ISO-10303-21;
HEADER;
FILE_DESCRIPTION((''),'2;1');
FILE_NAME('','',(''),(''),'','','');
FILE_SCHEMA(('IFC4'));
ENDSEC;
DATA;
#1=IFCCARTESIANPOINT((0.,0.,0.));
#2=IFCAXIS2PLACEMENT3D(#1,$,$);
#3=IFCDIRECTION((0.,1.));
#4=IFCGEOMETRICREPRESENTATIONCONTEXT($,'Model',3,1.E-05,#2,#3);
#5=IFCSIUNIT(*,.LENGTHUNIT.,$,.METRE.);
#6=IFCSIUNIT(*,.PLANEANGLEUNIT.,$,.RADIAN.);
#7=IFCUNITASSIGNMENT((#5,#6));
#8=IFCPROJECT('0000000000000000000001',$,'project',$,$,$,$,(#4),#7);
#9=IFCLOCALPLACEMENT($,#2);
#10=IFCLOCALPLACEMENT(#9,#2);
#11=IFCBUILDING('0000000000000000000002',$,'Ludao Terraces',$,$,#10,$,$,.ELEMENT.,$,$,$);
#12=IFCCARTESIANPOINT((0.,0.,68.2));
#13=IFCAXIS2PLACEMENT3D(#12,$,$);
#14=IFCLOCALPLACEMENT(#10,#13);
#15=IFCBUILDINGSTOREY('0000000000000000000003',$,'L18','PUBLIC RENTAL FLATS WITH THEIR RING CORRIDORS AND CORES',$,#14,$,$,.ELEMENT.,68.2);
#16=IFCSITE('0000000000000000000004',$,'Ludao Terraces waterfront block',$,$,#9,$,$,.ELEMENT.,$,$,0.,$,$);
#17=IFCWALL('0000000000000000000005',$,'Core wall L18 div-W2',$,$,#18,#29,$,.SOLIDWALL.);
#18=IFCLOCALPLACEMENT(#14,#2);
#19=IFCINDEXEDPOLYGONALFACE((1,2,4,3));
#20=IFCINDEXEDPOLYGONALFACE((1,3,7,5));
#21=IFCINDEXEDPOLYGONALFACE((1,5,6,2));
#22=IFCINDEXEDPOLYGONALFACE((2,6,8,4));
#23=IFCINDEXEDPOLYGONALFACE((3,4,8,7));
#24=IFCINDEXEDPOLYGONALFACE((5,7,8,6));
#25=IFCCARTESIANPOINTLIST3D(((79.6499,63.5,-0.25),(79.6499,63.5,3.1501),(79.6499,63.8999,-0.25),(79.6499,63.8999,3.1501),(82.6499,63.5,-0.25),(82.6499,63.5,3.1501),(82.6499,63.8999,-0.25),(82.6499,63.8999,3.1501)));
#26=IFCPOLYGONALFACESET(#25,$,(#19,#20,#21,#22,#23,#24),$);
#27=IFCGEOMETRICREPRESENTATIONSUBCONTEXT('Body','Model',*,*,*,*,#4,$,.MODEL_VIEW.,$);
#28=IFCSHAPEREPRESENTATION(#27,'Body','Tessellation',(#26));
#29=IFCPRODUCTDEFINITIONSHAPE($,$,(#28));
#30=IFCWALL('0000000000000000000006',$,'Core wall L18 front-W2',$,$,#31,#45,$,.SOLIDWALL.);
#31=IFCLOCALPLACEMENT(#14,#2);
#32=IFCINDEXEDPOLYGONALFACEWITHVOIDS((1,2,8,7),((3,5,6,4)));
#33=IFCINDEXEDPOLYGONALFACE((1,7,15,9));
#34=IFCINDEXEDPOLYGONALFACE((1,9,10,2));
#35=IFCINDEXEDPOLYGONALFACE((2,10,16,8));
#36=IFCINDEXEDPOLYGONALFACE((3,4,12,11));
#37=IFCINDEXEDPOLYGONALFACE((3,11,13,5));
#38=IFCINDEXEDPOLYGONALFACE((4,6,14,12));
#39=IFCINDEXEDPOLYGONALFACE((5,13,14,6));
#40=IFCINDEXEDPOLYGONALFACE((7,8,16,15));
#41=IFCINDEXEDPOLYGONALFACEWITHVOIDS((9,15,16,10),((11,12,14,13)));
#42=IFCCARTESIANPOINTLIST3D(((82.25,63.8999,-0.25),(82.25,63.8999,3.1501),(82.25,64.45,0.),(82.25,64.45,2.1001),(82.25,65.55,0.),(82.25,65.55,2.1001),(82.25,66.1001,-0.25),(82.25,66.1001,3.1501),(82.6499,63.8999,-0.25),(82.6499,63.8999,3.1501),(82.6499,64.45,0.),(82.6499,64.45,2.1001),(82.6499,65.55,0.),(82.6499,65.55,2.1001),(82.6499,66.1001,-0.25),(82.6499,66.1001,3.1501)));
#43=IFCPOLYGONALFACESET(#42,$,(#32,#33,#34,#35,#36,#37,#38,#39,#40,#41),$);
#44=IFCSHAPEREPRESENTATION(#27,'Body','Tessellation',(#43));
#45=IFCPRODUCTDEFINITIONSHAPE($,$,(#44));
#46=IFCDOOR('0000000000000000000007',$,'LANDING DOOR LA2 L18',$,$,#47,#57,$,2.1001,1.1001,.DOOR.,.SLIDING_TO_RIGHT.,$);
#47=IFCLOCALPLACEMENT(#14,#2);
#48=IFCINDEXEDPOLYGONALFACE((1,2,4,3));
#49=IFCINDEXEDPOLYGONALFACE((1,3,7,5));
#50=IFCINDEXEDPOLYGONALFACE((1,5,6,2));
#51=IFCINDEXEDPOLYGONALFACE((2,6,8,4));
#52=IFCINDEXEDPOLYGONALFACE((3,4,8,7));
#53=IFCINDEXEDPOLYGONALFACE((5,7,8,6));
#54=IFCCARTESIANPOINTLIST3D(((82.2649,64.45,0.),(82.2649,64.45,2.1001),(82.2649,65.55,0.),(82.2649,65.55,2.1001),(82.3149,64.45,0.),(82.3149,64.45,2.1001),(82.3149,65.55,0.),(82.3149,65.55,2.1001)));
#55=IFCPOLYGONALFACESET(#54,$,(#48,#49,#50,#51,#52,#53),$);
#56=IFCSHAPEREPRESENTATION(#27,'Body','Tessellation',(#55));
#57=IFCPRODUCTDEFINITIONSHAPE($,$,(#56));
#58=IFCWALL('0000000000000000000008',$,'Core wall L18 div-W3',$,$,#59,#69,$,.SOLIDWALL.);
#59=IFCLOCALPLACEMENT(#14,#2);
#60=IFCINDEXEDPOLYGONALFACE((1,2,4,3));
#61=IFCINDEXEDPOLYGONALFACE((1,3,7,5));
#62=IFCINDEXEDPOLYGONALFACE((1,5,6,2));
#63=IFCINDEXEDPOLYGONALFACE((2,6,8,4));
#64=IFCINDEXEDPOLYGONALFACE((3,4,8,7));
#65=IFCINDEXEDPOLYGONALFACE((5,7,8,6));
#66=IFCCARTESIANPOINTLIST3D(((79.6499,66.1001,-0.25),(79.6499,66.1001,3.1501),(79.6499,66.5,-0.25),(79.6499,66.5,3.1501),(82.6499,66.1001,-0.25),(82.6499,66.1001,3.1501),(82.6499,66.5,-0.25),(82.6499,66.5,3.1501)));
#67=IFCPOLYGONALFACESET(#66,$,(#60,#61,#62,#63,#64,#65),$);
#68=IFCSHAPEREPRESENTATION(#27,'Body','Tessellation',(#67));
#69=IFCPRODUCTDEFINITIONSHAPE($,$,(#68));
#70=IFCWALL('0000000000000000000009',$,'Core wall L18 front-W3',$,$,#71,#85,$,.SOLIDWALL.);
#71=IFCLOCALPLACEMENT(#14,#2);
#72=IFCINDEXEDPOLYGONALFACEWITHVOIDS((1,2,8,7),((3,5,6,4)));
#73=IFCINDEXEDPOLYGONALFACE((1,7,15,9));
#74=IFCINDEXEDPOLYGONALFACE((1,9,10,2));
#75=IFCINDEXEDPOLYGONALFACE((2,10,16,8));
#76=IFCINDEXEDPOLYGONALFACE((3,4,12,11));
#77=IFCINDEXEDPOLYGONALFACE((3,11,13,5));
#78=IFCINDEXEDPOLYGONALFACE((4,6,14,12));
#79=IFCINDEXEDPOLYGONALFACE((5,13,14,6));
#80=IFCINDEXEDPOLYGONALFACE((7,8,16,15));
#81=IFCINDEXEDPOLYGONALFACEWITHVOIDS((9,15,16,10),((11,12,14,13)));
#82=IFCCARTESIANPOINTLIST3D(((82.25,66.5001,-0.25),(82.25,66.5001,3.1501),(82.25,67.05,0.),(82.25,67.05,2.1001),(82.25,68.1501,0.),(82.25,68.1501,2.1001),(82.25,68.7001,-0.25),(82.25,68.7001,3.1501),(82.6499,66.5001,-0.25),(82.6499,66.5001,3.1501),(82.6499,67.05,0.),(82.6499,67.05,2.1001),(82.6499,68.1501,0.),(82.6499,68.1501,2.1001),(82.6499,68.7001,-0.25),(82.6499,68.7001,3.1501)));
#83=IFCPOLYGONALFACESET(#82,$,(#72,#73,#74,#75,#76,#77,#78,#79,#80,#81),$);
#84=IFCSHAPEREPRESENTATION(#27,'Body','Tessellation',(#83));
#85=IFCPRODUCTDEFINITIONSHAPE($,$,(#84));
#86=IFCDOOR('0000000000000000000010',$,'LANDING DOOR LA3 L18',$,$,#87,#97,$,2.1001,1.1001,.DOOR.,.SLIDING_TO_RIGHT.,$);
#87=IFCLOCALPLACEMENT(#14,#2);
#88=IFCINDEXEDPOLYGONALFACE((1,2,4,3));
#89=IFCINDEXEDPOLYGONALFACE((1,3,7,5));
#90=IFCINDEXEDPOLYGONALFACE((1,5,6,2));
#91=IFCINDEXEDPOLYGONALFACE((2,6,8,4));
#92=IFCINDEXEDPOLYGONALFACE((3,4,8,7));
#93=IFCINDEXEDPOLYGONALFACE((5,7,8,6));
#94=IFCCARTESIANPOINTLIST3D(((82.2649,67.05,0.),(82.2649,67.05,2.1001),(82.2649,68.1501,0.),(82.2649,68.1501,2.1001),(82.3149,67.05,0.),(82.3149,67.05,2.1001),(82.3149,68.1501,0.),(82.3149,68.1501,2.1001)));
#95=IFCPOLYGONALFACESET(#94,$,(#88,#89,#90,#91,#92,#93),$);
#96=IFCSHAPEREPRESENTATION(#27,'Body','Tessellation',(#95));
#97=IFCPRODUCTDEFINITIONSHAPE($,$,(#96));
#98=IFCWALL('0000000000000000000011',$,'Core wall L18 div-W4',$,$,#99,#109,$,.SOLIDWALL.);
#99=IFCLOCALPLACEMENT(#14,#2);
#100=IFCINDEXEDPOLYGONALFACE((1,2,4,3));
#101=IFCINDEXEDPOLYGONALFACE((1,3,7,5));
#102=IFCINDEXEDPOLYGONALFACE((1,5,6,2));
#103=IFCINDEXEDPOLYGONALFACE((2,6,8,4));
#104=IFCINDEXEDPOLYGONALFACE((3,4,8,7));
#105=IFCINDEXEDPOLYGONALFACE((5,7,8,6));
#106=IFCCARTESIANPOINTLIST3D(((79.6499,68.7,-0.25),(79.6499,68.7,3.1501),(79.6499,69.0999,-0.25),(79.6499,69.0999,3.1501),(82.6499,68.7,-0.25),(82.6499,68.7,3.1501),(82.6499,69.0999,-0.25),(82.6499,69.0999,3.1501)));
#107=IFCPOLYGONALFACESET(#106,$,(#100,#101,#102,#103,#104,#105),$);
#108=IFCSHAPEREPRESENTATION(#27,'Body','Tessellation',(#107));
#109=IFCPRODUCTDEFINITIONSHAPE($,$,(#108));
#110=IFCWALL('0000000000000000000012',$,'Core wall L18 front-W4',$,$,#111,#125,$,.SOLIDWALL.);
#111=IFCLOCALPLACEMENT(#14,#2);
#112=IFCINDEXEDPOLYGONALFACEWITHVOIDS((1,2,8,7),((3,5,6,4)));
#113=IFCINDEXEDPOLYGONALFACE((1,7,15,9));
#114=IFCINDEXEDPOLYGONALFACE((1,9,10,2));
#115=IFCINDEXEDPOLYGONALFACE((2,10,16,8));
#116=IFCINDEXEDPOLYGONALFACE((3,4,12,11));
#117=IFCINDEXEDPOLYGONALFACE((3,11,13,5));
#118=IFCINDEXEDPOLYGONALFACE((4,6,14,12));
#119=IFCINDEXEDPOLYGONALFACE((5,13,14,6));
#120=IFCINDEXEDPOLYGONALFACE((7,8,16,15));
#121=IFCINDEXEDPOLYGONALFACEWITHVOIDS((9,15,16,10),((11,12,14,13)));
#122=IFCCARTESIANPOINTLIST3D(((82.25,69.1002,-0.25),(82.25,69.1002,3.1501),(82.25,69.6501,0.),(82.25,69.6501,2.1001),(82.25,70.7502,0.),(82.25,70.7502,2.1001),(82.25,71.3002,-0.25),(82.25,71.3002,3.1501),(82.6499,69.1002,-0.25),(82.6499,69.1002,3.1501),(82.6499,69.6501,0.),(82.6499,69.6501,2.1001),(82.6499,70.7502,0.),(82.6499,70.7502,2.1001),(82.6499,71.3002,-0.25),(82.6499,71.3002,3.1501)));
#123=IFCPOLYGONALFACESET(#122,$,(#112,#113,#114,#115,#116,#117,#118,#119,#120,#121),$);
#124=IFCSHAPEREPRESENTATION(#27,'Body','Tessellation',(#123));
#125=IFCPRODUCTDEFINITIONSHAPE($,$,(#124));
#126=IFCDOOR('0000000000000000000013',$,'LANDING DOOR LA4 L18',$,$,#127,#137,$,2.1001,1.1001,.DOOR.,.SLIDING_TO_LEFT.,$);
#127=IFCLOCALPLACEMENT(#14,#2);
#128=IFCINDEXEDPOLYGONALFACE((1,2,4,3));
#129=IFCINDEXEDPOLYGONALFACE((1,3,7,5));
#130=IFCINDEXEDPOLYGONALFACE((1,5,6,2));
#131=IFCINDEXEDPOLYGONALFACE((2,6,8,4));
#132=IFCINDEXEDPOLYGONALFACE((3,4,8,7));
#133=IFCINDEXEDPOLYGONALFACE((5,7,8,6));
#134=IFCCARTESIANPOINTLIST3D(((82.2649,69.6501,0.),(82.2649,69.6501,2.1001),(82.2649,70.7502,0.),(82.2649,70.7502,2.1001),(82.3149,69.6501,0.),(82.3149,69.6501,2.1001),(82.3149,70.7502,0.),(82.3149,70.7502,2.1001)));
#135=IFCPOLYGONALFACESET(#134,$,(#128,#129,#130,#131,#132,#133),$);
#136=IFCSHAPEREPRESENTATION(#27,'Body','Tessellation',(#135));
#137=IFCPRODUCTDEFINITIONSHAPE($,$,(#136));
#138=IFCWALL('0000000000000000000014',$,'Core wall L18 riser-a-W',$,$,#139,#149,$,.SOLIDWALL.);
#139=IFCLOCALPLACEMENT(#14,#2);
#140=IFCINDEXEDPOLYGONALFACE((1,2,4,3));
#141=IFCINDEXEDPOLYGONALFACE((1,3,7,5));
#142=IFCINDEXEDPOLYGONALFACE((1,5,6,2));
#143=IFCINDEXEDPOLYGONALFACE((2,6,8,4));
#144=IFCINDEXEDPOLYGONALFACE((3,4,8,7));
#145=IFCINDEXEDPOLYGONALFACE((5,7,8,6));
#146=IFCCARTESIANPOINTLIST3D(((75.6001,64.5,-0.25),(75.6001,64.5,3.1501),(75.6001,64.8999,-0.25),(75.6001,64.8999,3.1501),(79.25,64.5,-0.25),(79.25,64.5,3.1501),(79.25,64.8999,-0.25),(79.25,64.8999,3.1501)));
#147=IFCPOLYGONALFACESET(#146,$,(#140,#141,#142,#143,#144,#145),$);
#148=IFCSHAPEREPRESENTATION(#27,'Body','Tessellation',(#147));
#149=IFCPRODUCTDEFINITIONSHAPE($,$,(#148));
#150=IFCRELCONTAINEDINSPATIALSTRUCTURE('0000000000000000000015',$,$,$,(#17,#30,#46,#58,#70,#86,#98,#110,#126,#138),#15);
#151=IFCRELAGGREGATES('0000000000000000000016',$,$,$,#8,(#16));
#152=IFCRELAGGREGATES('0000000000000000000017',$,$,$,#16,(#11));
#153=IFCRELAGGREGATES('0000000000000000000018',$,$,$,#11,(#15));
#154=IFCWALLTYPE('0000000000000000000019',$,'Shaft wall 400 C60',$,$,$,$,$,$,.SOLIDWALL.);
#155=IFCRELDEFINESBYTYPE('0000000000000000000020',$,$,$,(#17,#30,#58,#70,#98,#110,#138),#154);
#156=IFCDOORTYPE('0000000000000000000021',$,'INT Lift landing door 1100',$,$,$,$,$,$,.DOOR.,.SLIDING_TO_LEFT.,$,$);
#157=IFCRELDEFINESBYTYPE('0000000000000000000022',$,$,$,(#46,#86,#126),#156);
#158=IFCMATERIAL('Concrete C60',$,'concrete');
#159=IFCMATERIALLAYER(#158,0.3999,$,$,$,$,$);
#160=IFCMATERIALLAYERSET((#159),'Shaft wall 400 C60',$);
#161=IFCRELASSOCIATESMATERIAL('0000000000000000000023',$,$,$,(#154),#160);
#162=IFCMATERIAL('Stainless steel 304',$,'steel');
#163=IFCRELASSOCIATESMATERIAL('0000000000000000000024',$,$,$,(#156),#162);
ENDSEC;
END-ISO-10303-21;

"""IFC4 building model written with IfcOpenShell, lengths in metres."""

from ifc_helpers import new_model, si_unit, direction, frame, frame_2d, origin, place, context, subcontext, project, spatial, rectangle, extrude, material, layer, layer_set, type_object, element, fill, save


model = new_model("IFC4")

# Units and contexts
model_context = context("Model", 3, precision=1e-05, world=origin(), true_north=direction((0.0, 1.0)))
body_context = subcontext(model_context, "Body", "Model", "MODEL_VIEW")
ifc_project = project(units=[si_unit("LENGTHUNIT", "METRE"), si_unit("PLANEANGLEUNIT", "RADIAN")], contexts=[model_context])

# Site, building, storey
site_placement = place(None, origin())
site = spatial("IfcSite", under=ifc_project, at=site_placement, Name="Ludao Terraces waterfront block", CompositionType="ELEMENT", RefElevation=0.0)
building_placement = place(site_placement, origin())
building = spatial("IfcBuilding", under=site, at=building_placement, Name="Ludao Terraces", CompositionType="ELEMENT")
storey_placement = place(building_placement, frame((0.0, 0.0, 68.2)))
storey = spatial("IfcBuildingStorey", under=building, at=storey_placement, Name="L18", Description="PUBLIC RENTAL FLATS WITH THEIR RING CORRIDORS AND CORES", CompositionType="ELEMENT", Elevation=68.2)

# Shared definitions
ifc_material_1 = material(Name="Concrete C60", Category="concrete")
ifc_layer_1 = layer(ifc_material_1, 0.3999)
ifc_layer_set_1 = layer_set([ifc_layer_1], Name="Shaft wall 400 C60")
wall_type_1 = type_object("IfcWallType", Name="Shaft wall 400 C60", PredefinedType="SOLIDWALL", material=ifc_layer_set_1)
ifc_material_2 = material(Name="Stainless steel 304", Category="steel")
door_type_1 = type_object("IfcDoorType", Name="INT Lift landing door 1100", OperationType="SLIDING_TO_LEFT", PredefinedType="DOOR", material=ifc_material_2)

# Wall
wall_1_placement = place(storey_placement, frame((79.6499, 63.7, -0.25), z_axis=(0.0, 0.0, 1.0), x_axis=(1.0, 0.0, 0.0)))
element("IfcWall", 1, at=wall_1_placement, inside=storey, type_object=wall_type_1, Name="Core wall L18 div-W2", PredefinedType="SOLIDWALL", context=body_context, shape_type="SweptSolid", body=[
    extrude(rectangle(XDim=3.0, YDim=0.3999, at=frame_2d((1.5, 0.0))), origin(), (0.0, 0.0, 1.0), 3.4001),
])

# Wall, opening, door
wall_2_placement = place(storey_placement, frame((82.45, 63.8999, -0.25), z_axis=(0.0, 0.0, 1.0), x_axis=(0.0, 1.0, 0.0)))
wall_2 = element("IfcWall", 2, at=wall_2_placement, inside=storey, type_object=wall_type_1, Name="Core wall L18 front-W2", PredefinedType="SOLIDWALL", context=body_context, shape_type="SweptSolid", body=[
    extrude(rectangle(XDim=2.2002, YDim=0.3999, at=frame_2d((1.1001, 0.0))), origin(), (0.0, 0.0, 1.0), 3.4001),
])
opening_1_placement = place(wall_2_placement, frame((0.55, 0.0, 0.25)))
opening_1 = element("IfcOpeningElement", 3, at=opening_1_placement, cuts=wall_2, PredefinedType="OPENING", context=body_context, shape_type="SweptSolid", body=[
    extrude(rectangle(XDim=1.1001, YDim=2.1001, at=frame_2d((0.55, 1.05))), frame((0.0, 0.21, 0.0), z_axis=(0.0, -1.0, 0.0), x_axis=(1.0, 0.0, 0.0)), (0.0, 0.0, 1.0), 0.4199),
])
door_1_placement = place(opening_1_placement, origin())
door_1 = element("IfcDoor", 4, at=door_1_placement, inside=storey, type_object=door_type_1, Name="LANDING DOOR LA2 L18", OperationType="SLIDING_TO_RIGHT", OverallHeight=2.1001, OverallWidth=1.1001, PredefinedType="DOOR", context=body_context, shape_type="SweptSolid", body=[
    extrude(rectangle(XDim=1.1001, YDim=2.1001, at=frame_2d((0.55, 1.05))), frame((0.0, 0.1851, 0.0), z_axis=(0.0, -1.0, 0.0), x_axis=(1.0, 0.0, 0.0)), (0.0, 0.0, 1.0), 0.05),
])
fill(opening_1, door_1)

# Wall
wall_3_placement = place(storey_placement, frame((79.6499, 66.3, -0.25), z_axis=(0.0, 0.0, 1.0), x_axis=(1.0, 0.0, 0.0)))
element("IfcWall", 5, at=wall_3_placement, inside=storey, type_object=wall_type_1, Name="Core wall L18 div-W3", PredefinedType="SOLIDWALL", context=body_context, shape_type="SweptSolid", body=[
    extrude(rectangle(XDim=3.0, YDim=0.3999, at=frame_2d((1.5, 0.0))), origin(), (0.0, 0.0, 1.0), 3.4001),
])

# Wall, opening, door
wall_4_placement = place(storey_placement, frame((82.45, 66.5, -0.25), z_axis=(0.0, 0.0, 1.0), x_axis=(0.0, 1.0, 0.0)))
wall_4 = element("IfcWall", 6, at=wall_4_placement, inside=storey, type_object=wall_type_1, Name="Core wall L18 front-W3", PredefinedType="SOLIDWALL", context=body_context, shape_type="SweptSolid", body=[
    extrude(rectangle(XDim=2.2, YDim=0.3999, at=frame_2d((1.1001, 0.0))), origin(), (0.0, 0.0, 1.0), 3.4001),
])
opening_2_placement = place(wall_4_placement, frame((0.55, 0.0, 0.25)))
opening_2 = element("IfcOpeningElement", 7, at=opening_2_placement, cuts=wall_4, PredefinedType="OPENING", context=body_context, shape_type="SweptSolid", body=[
    extrude(rectangle(XDim=1.1001, YDim=2.1001, at=frame_2d((0.55, 1.05))), frame((0.0, 0.21, 0.0), z_axis=(0.0, -1.0, 0.0), x_axis=(1.0, 0.0, 0.0)), (0.0, 0.0, 1.0), 0.4199),
])
door_2_placement = place(opening_2_placement, origin())
door_2 = element("IfcDoor", 8, at=door_2_placement, inside=storey, type_object=door_type_1, Name="LANDING DOOR LA3 L18", OperationType="SLIDING_TO_RIGHT", OverallHeight=2.1001, OverallWidth=1.1001, PredefinedType="DOOR", context=body_context, shape_type="SweptSolid", body=[
    extrude(rectangle(XDim=1.1001, YDim=2.1001, at=frame_2d((0.55, 1.05))), frame((0.0, 0.1851, 0.0), z_axis=(0.0, -1.0, 0.0), x_axis=(1.0, 0.0, 0.0)), (0.0, 0.0, 1.0), 0.05),
])
fill(opening_2, door_2)

# Wall
wall_5_placement = place(storey_placement, frame((79.6499, 68.8999, -0.25), z_axis=(0.0, 0.0, 1.0), x_axis=(1.0, 0.0, 0.0)))
element("IfcWall", 9, at=wall_5_placement, inside=storey, type_object=wall_type_1, Name="Core wall L18 div-W4", PredefinedType="SOLIDWALL", context=body_context, shape_type="SweptSolid", body=[
    extrude(rectangle(XDim=3.0, YDim=0.3999, at=frame_2d((1.5, 0.0))), origin(), (0.0, 0.0, 1.0), 3.4001),
])

# Wall, opening, door
wall_6_placement = place(storey_placement, frame((82.45, 69.1001, -0.25), z_axis=(0.0, 0.0, 1.0), x_axis=(0.0, 1.0, 0.0)))
wall_6 = element("IfcWall", 10, at=wall_6_placement, inside=storey, type_object=wall_type_1, Name="Core wall L18 front-W4", PredefinedType="SOLIDWALL", context=body_context, shape_type="SweptSolid", body=[
    extrude(rectangle(XDim=2.2, YDim=0.3999, at=frame_2d((1.1001, 0.0))), origin(), (0.0, 0.0, 1.0), 3.4001),
])
opening_3_placement = place(wall_6_placement, frame((0.55, 0.0, 0.25)))
opening_3 = element("IfcOpeningElement", 11, at=opening_3_placement, cuts=wall_6, PredefinedType="OPENING", context=body_context, shape_type="SweptSolid", body=[
    extrude(rectangle(XDim=1.1001, YDim=2.1001, at=frame_2d((0.55, 1.05))), frame((0.0, 0.21, 0.0), z_axis=(0.0, -1.0, 0.0), x_axis=(1.0, 0.0, 0.0)), (0.0, 0.0, 1.0), 0.4199),
])
door_3_placement = place(opening_3_placement, origin())
door_3 = element("IfcDoor", 12, at=door_3_placement, inside=storey, type_object=door_type_1, Name="LANDING DOOR LA4 L18", OperationType="SLIDING_TO_LEFT", OverallHeight=2.1001, OverallWidth=1.1001, PredefinedType="DOOR", context=body_context, shape_type="SweptSolid", body=[
    extrude(rectangle(XDim=1.1001, YDim=2.1001, at=frame_2d((0.55, 1.05))), frame((0.0, 0.1851, 0.0), z_axis=(0.0, -1.0, 0.0), x_axis=(1.0, 0.0, 0.0)), (0.0, 0.0, 1.0), 0.05),
])
fill(opening_3, door_3)

# Wall
wall_7_placement = place(storey_placement, frame((75.6001, 64.7, -0.25), z_axis=(0.0, 0.0, 1.0), x_axis=(1.0, 0.0, 0.0)))
element("IfcWall", 13, at=wall_7_placement, inside=storey, type_object=wall_type_1, Name="Core wall L18 riser-a-W", PredefinedType="SOLIDWALL", context=body_context, shape_type="SweptSolid", body=[
    extrude(rectangle(XDim=3.6499, YDim=0.3999, at=frame_2d((1.825, 0.0))), origin(), (0.0, 0.0, 1.0), 3.4001),
])

save(model, "model.ifc")
